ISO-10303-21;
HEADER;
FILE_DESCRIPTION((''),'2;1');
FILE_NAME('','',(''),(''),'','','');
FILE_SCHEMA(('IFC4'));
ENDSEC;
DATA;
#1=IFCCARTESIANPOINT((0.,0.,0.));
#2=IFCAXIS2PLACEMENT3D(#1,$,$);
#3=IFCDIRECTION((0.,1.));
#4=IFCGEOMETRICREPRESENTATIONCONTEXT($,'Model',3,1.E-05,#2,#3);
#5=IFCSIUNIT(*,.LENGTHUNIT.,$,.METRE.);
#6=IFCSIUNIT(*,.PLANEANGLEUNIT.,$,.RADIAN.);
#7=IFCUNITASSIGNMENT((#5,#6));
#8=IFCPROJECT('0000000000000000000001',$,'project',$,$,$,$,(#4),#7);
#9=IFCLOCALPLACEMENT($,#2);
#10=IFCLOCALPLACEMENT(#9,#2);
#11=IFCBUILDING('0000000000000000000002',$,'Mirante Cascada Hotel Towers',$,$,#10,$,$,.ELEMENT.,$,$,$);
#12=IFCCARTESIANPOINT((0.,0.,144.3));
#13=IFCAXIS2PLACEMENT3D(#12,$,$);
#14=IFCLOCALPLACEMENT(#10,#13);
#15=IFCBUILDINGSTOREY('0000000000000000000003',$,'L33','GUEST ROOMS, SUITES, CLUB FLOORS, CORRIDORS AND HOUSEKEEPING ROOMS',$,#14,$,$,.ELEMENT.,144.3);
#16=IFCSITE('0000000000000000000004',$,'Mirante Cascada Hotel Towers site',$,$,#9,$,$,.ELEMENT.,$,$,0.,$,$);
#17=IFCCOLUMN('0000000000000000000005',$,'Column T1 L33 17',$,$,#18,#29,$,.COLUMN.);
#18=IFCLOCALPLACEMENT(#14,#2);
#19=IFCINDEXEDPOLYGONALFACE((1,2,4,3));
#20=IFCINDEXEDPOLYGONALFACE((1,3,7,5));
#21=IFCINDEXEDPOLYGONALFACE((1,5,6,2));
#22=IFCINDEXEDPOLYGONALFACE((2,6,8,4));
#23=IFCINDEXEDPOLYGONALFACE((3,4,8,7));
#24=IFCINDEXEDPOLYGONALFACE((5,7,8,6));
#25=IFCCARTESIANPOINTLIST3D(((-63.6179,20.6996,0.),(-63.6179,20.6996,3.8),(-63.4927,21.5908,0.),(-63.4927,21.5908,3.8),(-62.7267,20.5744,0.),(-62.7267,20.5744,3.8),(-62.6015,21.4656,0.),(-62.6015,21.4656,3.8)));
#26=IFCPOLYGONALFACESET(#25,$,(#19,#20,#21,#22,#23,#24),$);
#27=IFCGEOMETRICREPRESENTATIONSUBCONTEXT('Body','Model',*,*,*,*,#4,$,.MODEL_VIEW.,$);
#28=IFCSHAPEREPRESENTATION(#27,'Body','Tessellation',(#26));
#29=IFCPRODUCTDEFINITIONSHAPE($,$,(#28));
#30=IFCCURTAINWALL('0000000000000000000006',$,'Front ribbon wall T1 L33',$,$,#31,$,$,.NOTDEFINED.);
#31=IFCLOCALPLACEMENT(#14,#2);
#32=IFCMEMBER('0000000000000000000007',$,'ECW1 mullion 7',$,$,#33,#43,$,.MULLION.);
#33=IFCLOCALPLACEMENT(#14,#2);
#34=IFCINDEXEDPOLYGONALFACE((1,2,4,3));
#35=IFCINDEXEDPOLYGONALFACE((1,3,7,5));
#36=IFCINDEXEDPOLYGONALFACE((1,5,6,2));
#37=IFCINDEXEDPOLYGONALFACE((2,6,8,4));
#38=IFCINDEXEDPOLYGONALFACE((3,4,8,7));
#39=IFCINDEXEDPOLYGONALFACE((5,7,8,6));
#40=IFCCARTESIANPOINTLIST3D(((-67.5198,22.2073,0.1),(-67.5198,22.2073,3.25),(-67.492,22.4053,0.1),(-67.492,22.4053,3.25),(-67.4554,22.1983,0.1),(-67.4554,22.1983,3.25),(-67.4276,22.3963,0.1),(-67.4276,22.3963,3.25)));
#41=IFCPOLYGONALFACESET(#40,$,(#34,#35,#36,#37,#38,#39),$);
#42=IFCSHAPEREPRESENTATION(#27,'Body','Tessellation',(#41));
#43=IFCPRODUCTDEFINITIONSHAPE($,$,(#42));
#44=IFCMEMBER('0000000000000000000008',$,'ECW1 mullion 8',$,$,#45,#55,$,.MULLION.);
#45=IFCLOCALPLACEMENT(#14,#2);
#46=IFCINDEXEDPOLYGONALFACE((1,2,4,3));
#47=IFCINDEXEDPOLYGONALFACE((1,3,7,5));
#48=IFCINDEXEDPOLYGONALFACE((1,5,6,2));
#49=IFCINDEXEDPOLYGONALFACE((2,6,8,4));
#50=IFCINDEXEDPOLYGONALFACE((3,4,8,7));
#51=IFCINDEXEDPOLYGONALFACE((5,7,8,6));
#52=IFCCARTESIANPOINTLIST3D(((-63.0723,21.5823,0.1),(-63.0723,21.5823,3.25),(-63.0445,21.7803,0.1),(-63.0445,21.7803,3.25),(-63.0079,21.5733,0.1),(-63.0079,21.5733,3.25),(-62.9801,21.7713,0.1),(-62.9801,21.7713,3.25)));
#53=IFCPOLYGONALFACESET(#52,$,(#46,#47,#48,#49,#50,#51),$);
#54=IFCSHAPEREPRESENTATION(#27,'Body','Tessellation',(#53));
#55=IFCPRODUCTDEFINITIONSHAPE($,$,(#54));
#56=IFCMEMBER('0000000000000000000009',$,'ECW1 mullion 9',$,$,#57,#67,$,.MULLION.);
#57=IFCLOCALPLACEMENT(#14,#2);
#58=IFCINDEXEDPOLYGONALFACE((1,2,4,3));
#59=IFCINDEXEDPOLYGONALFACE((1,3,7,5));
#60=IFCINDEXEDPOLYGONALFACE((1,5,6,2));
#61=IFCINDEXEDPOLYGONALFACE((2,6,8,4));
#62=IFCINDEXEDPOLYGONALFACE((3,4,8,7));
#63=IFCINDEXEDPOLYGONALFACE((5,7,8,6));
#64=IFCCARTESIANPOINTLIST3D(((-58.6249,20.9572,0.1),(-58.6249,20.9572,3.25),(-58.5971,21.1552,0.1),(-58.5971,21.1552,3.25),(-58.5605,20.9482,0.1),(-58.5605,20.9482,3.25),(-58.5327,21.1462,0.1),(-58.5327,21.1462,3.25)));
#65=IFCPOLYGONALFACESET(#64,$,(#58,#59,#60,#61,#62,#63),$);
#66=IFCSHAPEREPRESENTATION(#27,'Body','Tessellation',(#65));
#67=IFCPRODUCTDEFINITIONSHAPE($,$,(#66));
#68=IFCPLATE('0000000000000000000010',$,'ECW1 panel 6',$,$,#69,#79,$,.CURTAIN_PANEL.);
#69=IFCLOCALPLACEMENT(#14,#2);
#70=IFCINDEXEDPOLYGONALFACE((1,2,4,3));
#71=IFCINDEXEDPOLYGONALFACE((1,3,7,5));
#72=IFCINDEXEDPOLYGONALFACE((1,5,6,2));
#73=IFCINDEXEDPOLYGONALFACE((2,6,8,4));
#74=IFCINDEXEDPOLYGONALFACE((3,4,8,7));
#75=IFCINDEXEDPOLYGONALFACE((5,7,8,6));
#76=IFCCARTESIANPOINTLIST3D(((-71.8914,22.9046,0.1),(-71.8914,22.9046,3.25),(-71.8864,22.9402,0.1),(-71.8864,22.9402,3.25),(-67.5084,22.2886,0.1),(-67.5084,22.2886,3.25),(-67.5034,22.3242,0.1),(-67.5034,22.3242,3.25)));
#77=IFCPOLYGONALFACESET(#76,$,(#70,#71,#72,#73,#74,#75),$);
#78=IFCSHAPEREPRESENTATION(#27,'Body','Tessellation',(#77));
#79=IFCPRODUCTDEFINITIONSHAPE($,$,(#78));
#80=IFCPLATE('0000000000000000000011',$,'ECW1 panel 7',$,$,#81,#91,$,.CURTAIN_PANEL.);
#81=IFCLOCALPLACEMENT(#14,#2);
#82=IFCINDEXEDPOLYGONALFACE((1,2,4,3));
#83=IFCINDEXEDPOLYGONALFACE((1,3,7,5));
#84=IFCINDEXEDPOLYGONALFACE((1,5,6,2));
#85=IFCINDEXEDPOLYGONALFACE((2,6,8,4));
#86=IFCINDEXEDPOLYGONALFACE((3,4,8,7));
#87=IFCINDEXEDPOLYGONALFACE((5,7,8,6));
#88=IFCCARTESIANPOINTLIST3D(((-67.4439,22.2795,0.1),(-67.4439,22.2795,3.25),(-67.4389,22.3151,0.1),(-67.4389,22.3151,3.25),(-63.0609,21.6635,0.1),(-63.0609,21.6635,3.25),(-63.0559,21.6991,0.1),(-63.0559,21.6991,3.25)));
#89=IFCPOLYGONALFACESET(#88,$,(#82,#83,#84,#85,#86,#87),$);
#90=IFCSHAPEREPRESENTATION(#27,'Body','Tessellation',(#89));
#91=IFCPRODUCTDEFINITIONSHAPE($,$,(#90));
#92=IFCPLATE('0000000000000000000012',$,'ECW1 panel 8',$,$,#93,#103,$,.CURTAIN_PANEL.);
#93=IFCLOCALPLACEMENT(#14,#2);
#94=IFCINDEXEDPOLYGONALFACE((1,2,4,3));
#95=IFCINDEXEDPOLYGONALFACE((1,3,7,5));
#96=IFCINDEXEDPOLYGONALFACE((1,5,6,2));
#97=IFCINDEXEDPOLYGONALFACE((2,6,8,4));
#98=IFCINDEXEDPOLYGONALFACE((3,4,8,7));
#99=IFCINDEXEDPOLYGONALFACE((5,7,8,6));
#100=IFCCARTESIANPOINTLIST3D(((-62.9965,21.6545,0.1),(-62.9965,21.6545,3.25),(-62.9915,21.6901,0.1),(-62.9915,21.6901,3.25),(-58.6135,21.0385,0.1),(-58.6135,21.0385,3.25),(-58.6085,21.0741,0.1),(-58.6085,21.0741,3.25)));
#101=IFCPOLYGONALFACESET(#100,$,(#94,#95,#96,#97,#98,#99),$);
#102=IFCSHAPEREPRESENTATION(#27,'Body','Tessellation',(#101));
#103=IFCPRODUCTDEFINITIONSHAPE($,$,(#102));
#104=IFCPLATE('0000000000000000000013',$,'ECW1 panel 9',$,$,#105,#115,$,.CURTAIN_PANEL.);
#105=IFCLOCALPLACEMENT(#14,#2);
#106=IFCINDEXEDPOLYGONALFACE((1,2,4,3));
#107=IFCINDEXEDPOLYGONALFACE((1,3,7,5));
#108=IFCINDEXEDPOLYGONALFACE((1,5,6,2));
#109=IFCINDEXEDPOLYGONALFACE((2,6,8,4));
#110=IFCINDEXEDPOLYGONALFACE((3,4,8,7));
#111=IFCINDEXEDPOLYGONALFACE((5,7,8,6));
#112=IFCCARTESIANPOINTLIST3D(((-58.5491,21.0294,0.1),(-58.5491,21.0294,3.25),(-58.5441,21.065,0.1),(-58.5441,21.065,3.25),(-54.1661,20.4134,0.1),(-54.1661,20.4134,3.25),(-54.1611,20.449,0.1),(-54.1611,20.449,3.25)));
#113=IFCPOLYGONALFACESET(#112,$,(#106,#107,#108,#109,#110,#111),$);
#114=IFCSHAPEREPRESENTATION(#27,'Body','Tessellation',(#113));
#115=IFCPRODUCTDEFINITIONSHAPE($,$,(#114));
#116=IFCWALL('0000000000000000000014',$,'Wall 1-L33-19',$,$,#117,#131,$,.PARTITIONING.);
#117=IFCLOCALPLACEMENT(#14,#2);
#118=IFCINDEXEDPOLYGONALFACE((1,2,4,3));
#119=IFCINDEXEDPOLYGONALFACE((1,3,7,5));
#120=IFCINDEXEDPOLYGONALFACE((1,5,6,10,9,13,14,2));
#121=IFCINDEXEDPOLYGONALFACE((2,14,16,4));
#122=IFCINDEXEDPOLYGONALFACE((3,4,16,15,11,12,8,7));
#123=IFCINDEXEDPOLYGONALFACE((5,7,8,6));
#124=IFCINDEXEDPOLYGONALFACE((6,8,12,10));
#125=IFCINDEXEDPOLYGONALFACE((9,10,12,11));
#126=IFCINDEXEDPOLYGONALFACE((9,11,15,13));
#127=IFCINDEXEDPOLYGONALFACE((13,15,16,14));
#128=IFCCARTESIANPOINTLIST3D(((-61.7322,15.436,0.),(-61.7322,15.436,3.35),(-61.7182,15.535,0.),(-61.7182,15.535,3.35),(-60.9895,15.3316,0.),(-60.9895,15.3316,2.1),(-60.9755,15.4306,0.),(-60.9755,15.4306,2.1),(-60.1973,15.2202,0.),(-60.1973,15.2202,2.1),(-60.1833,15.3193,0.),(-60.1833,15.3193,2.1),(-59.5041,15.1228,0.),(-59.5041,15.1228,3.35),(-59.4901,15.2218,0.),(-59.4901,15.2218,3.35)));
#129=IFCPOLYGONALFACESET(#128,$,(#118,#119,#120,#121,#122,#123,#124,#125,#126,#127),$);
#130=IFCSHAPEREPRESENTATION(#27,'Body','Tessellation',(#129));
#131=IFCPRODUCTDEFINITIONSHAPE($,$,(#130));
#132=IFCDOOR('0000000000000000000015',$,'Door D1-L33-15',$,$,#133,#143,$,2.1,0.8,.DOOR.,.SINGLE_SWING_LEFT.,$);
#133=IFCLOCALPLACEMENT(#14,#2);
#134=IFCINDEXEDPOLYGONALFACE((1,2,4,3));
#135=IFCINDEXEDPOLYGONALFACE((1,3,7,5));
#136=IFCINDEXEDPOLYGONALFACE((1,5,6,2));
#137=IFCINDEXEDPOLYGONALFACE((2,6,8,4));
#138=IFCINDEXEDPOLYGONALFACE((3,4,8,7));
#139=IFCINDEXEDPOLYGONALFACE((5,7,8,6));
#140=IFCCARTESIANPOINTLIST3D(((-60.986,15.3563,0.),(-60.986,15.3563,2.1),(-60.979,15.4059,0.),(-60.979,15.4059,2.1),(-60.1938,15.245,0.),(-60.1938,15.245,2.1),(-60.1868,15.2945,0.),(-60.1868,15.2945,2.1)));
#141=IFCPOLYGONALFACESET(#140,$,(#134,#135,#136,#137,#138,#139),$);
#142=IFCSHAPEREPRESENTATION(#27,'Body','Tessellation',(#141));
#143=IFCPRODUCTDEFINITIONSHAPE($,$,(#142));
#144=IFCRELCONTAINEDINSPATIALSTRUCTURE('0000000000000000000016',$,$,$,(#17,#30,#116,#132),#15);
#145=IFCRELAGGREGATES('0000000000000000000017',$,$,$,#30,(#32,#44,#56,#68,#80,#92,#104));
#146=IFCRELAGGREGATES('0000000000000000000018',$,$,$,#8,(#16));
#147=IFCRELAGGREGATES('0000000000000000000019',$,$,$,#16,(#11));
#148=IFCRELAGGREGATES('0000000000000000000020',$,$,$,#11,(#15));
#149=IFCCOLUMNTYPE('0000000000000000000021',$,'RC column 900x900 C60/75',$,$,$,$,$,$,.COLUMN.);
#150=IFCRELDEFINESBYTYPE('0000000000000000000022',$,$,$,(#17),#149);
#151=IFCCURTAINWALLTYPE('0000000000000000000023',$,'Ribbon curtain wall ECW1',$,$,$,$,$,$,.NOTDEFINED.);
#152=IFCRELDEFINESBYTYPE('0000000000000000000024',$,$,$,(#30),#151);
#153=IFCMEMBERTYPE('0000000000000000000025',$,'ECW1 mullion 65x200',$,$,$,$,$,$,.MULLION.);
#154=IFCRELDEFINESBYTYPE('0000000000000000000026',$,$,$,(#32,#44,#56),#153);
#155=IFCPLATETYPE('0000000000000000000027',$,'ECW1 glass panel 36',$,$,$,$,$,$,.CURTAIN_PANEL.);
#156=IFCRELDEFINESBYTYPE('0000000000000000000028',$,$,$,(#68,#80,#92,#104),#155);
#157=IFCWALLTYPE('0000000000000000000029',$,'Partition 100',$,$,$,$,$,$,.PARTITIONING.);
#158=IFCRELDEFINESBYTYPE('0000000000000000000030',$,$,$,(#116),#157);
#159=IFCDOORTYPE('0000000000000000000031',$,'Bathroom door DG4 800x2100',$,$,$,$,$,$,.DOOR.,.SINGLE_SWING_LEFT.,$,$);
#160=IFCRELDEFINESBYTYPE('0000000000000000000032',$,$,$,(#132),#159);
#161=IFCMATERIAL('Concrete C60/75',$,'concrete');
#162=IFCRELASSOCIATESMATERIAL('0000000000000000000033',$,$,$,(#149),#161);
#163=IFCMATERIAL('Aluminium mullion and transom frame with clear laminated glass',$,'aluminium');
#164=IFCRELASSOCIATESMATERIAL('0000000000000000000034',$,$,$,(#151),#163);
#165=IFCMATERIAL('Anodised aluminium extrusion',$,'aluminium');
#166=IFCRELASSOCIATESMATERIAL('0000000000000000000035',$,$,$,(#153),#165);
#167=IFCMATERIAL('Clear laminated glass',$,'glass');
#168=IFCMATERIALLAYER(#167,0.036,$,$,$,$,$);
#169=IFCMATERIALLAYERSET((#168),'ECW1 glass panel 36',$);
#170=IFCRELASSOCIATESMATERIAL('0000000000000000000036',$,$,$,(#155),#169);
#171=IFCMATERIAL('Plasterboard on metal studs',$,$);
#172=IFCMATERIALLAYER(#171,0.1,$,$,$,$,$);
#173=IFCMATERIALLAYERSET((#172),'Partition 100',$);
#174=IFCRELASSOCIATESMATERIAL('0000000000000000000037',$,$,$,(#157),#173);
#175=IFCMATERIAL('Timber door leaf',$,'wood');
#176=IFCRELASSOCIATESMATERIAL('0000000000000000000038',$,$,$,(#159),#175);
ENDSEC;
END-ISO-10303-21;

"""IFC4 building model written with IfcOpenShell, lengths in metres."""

from ifc_helpers import new_model, si_unit, direction, frame, frame_2d, origin, origin_2d, place, context, subcontext, project, spatial, rectangle, extrude, material, layer, layer_set, material_profile, profile_set, type_object, element, fill, aggregate, save


model = new_model("IFC4")

# Units and contexts
model_context = context("Model", 3, precision=1e-05, world=origin(), true_north=direction((0.0, 1.0)))
body_context = subcontext(model_context, "Body", "Model", "MODEL_VIEW")
ifc_project = project(units=[si_unit("LENGTHUNIT", "METRE"), si_unit("PLANEANGLEUNIT", "RADIAN")], contexts=[model_context])

# Site, building, storey
site_placement = place(None, origin())
site = spatial("IfcSite", under=ifc_project, at=site_placement, Name="Mirante Cascada Hotel Towers site", CompositionType="ELEMENT", RefElevation=0.0)
building_placement = place(site_placement, origin())
building = spatial("IfcBuilding", under=site, at=building_placement, Name="Mirante Cascada Hotel Towers", CompositionType="ELEMENT")
storey_placement = place(building_placement, frame((0.0, 0.0, 144.3)))
storey = spatial("IfcBuildingStorey", under=building, at=storey_placement, Name="L33", Description="GUEST ROOMS, SUITES, CLUB FLOORS, CORRIDORS AND HOUSEKEEPING ROOMS", CompositionType="ELEMENT", Elevation=144.3)

# Column
ifc_material_1 = material(Name="Concrete C60/75", Category="concrete")
ifc_material_profile_1 = material_profile(ifc_material_1, rectangle(XDim=0.9, YDim=0.9, at=origin_2d()), Name="RC column 900x900 C60/75")
ifc_profile_set_1 = profile_set([ifc_material_profile_1], Name="Concrete C60/75")
column_type = type_object("IfcColumnType", Name="RC column 900x900 C60/75", PredefinedType="COLUMN", material=ifc_profile_set_1)
column_placement = place(storey_placement, frame((-63.1097, 21.0826, 0.0), z_axis=(0.0, 0.0, 1.0), x_axis=(-0.990268, 0.139173, 0.0)))
element("IfcColumn", 1, at=column_placement, inside=storey, type_object=column_type, Name="Column T1 L33 17", PredefinedType="COLUMN", context=body_context, shape_type="SweptSolid", body=[
    extrude(rectangle(XDim=0.9, YDim=0.9, at=origin_2d()), origin(), (0.0, 0.0, 1.0), 3.8),
])

# Curtain wall, members, plates
ifc_material_2 = material(Name="Aluminium mullion and transom frame with clear laminated glass", Category="aluminium")
curtain_wall_type = type_object("IfcCurtainWallType", Name="Ribbon curtain wall ECW1", PredefinedType="NOTDEFINED", material=ifc_material_2)
curtain_wall_placement = place(storey_placement, origin())
curtain_wall = element("IfcCurtainWall", 2, at=curtain_wall_placement, inside=storey, type_object=curtain_wall_type, Name="Front ribbon wall T1 L33", PredefinedType="NOTDEFINED")
ifc_material_3 = material(Name="Anodised aluminium extrusion", Category="aluminium")
ifc_material_profile_2 = material_profile(ifc_material_3, rectangle(XDim=0.2, YDim=0.065, at=origin_2d()), Name="ECW1 MULLION 65x200")
ifc_profile_set_2 = profile_set([ifc_material_profile_2], Name="Anodised aluminium extrusion")
member_type = type_object("IfcMemberType", Name="ECW1 mullion 65x200", PredefinedType="MULLION", material=ifc_profile_set_2)
member_1_placement = place(storey_placement, frame((-67.4737, 22.3018, 0.1), z_axis=(0.0, 0.0, 1.0), x_axis=(0.139173, 0.990268, 0.0)))
member_1 = element("IfcMember", 3, at=member_1_placement, type_object=member_type, Name="ECW1 mullion 7", PredefinedType="MULLION", context=body_context, shape_type="SweptSolid", body=[
    extrude(rectangle(XDim=0.2, YDim=0.065, at=origin_2d()), origin(), (0.0, 0.0, 1.0), 3.15),
])
member_2_placement = place(storey_placement, frame((-63.0262, 21.6768, 0.1), z_axis=(0.0, 0.0, 1.0), x_axis=(0.139173, 0.990268, 0.0)))
member_2 = element("IfcMember", 4, at=member_2_placement, type_object=member_type, Name="ECW1 mullion 8", PredefinedType="MULLION", context=body_context, shape_type="SweptSolid", body=[
    extrude(rectangle(XDim=0.2, YDim=0.065, at=origin_2d()), origin(), (0.0, 0.0, 1.0), 3.15),
])
member_3_placement = place(storey_placement, frame((-58.5788, 21.0517, 0.1), z_axis=(0.0, 0.0, 1.0), x_axis=(0.139173, 0.990268, 0.0)))
member_3 = element("IfcMember", 5, at=member_3_placement, type_object=member_type, Name="ECW1 mullion 9", PredefinedType="MULLION", context=body_context, shape_type="SweptSolid", body=[
    extrude(rectangle(XDim=0.2, YDim=0.065, at=origin_2d()), origin(), (0.0, 0.0, 1.0), 3.15),
])
ifc_material_4 = material(Name="Clear laminated glass", Category="glass")
ifc_layer_1 = layer(ifc_material_4, 0.036)
ifc_layer_set_1 = layer_set([ifc_layer_1], Name="ECW1 glass panel 36")
plate_type = type_object("IfcPlateType", Name="ECW1 glass panel 36", PredefinedType="CURTAIN_PANEL", material=ifc_layer_set_1)
plate_1_placement = place(storey_placement, frame((-69.6974, 22.6144, 0.1), z_axis=(0.0, 0.0, 1.0), x_axis=(0.990268, -0.139173, 0.0)))
plate_1 = element("IfcPlate", 6, at=plate_1_placement, type_object=plate_type, Name="ECW1 panel 6", PredefinedType="CURTAIN_PANEL", context=body_context, shape_type="SweptSolid", body=[
    extrude(rectangle(XDim=4.4261, YDim=0.036, at=origin_2d()), origin(), (0.0, 0.0, 1.0), 3.15),
])
plate_2_placement = place(storey_placement, frame((-65.2499, 21.9893, 0.1), z_axis=(0.0, 0.0, 1.0), x_axis=(0.990268, -0.139173, 0.0)))
plate_2 = element("IfcPlate", 7, at=plate_2_placement, type_object=plate_type, Name="ECW1 panel 7", PredefinedType="CURTAIN_PANEL", context=body_context, shape_type="SweptSolid", body=[
    extrude(rectangle(XDim=4.4261, YDim=0.036, at=origin_2d()), origin(), (0.0, 0.0, 1.0), 3.15),
])
plate_3_placement = place(storey_placement, frame((-60.8025, 21.3643, 0.1), z_axis=(0.0, 0.0, 1.0), x_axis=(0.990268, -0.139173, 0.0)))
plate_3 = element("IfcPlate", 8, at=plate_3_placement, type_object=plate_type, Name="ECW1 panel 8", PredefinedType="CURTAIN_PANEL", context=body_context, shape_type="SweptSolid", body=[
    extrude(rectangle(XDim=4.4261, YDim=0.036, at=origin_2d()), origin(), (0.0, 0.0, 1.0), 3.15),
])
plate_4_placement = place(storey_placement, frame((-56.3551, 20.7392, 0.1), z_axis=(0.0, 0.0, 1.0), x_axis=(0.990268, -0.139173, 0.0)))
plate_4 = element("IfcPlate", 9, at=plate_4_placement, type_object=plate_type, Name="ECW1 panel 9", PredefinedType="CURTAIN_PANEL", context=body_context, shape_type="SweptSolid", body=[
    extrude(rectangle(XDim=4.4261, YDim=0.036, at=origin_2d()), origin(), (0.0, 0.0, 1.0), 3.15),
])
aggregate(curtain_wall, [member_1, member_2, member_3, plate_1, plate_2, plate_3, plate_4])

# Wall, opening, door
ifc_material_5 = material(Name="Plasterboard on metal studs")
ifc_layer_2 = layer(ifc_material_5, 0.1)
ifc_layer_set_2 = layer_set([ifc_layer_2], Name="Partition 100")
wall_type = type_object("IfcWallType", Name="Partition 100", PredefinedType="PARTITIONING", material=ifc_layer_set_2)
wall_1_placement = place(storey_placement, frame((-61.7252, 15.4855, 0.0), z_axis=(0.0, 0.0, 1.0), x_axis=(0.990264, -0.1392, 0.0)))
wall_1 = element("IfcWall", 10, at=wall_1_placement, inside=storey, type_object=wall_type, Name="Wall 1-L33-19", PredefinedType="PARTITIONING", context=body_context, shape_type="SweptSolid", body=[
    extrude(rectangle(XDim=2.25, YDim=0.1, at=frame_2d((1.125, 0.0))), origin(), (0.0, 0.0, 1.0), 3.35),
])
opening_1_placement = place(wall_1_placement, frame((0.75, 0.0, 0.0)))
opening_1 = element("IfcOpeningElement", 11, at=opening_1_placement, cuts=wall_1, PredefinedType="OPENING", context=body_context, shape_type="SweptSolid", body=[
    extrude(rectangle(XDim=0.8, YDim=2.1, at=frame_2d((0.4, 1.05))), frame((0.0, 0.05, 0.0), z_axis=(0.0, -1.0, 0.0), x_axis=(1.0, 0.0, 0.0)), (0.0, 0.0, 1.0), 0.1),
])
ifc_material_6 = material(Name="Timber door leaf", Category="wood")
door_type = type_object("IfcDoorType", Name="Bathroom door DG4 800x2100", OperationType="SINGLE_SWING_LEFT", PredefinedType="DOOR", material=ifc_material_6)
door_1_placement = place(opening_1_placement, origin())
door_1 = element("IfcDoor", 12, at=door_1_placement, inside=storey, type_object=door_type, Name="Door D1-L33-15", OperationType="SINGLE_SWING_LEFT", OverallHeight=2.1, OverallWidth=0.8, PredefinedType="DOOR", context=body_context, shape_type="SweptSolid", body=[
    extrude(rectangle(XDim=0.8, YDim=2.1, at=frame_2d((0.4, 1.05))), frame((0.0, 0.025, 0.0), z_axis=(0.0, -1.0, 0.0), x_axis=(1.0, 0.0, 0.0)), (0.0, 0.0, 1.0), 0.05),
])
fill(opening_1, door_1)

save(model, "model.ifc")
